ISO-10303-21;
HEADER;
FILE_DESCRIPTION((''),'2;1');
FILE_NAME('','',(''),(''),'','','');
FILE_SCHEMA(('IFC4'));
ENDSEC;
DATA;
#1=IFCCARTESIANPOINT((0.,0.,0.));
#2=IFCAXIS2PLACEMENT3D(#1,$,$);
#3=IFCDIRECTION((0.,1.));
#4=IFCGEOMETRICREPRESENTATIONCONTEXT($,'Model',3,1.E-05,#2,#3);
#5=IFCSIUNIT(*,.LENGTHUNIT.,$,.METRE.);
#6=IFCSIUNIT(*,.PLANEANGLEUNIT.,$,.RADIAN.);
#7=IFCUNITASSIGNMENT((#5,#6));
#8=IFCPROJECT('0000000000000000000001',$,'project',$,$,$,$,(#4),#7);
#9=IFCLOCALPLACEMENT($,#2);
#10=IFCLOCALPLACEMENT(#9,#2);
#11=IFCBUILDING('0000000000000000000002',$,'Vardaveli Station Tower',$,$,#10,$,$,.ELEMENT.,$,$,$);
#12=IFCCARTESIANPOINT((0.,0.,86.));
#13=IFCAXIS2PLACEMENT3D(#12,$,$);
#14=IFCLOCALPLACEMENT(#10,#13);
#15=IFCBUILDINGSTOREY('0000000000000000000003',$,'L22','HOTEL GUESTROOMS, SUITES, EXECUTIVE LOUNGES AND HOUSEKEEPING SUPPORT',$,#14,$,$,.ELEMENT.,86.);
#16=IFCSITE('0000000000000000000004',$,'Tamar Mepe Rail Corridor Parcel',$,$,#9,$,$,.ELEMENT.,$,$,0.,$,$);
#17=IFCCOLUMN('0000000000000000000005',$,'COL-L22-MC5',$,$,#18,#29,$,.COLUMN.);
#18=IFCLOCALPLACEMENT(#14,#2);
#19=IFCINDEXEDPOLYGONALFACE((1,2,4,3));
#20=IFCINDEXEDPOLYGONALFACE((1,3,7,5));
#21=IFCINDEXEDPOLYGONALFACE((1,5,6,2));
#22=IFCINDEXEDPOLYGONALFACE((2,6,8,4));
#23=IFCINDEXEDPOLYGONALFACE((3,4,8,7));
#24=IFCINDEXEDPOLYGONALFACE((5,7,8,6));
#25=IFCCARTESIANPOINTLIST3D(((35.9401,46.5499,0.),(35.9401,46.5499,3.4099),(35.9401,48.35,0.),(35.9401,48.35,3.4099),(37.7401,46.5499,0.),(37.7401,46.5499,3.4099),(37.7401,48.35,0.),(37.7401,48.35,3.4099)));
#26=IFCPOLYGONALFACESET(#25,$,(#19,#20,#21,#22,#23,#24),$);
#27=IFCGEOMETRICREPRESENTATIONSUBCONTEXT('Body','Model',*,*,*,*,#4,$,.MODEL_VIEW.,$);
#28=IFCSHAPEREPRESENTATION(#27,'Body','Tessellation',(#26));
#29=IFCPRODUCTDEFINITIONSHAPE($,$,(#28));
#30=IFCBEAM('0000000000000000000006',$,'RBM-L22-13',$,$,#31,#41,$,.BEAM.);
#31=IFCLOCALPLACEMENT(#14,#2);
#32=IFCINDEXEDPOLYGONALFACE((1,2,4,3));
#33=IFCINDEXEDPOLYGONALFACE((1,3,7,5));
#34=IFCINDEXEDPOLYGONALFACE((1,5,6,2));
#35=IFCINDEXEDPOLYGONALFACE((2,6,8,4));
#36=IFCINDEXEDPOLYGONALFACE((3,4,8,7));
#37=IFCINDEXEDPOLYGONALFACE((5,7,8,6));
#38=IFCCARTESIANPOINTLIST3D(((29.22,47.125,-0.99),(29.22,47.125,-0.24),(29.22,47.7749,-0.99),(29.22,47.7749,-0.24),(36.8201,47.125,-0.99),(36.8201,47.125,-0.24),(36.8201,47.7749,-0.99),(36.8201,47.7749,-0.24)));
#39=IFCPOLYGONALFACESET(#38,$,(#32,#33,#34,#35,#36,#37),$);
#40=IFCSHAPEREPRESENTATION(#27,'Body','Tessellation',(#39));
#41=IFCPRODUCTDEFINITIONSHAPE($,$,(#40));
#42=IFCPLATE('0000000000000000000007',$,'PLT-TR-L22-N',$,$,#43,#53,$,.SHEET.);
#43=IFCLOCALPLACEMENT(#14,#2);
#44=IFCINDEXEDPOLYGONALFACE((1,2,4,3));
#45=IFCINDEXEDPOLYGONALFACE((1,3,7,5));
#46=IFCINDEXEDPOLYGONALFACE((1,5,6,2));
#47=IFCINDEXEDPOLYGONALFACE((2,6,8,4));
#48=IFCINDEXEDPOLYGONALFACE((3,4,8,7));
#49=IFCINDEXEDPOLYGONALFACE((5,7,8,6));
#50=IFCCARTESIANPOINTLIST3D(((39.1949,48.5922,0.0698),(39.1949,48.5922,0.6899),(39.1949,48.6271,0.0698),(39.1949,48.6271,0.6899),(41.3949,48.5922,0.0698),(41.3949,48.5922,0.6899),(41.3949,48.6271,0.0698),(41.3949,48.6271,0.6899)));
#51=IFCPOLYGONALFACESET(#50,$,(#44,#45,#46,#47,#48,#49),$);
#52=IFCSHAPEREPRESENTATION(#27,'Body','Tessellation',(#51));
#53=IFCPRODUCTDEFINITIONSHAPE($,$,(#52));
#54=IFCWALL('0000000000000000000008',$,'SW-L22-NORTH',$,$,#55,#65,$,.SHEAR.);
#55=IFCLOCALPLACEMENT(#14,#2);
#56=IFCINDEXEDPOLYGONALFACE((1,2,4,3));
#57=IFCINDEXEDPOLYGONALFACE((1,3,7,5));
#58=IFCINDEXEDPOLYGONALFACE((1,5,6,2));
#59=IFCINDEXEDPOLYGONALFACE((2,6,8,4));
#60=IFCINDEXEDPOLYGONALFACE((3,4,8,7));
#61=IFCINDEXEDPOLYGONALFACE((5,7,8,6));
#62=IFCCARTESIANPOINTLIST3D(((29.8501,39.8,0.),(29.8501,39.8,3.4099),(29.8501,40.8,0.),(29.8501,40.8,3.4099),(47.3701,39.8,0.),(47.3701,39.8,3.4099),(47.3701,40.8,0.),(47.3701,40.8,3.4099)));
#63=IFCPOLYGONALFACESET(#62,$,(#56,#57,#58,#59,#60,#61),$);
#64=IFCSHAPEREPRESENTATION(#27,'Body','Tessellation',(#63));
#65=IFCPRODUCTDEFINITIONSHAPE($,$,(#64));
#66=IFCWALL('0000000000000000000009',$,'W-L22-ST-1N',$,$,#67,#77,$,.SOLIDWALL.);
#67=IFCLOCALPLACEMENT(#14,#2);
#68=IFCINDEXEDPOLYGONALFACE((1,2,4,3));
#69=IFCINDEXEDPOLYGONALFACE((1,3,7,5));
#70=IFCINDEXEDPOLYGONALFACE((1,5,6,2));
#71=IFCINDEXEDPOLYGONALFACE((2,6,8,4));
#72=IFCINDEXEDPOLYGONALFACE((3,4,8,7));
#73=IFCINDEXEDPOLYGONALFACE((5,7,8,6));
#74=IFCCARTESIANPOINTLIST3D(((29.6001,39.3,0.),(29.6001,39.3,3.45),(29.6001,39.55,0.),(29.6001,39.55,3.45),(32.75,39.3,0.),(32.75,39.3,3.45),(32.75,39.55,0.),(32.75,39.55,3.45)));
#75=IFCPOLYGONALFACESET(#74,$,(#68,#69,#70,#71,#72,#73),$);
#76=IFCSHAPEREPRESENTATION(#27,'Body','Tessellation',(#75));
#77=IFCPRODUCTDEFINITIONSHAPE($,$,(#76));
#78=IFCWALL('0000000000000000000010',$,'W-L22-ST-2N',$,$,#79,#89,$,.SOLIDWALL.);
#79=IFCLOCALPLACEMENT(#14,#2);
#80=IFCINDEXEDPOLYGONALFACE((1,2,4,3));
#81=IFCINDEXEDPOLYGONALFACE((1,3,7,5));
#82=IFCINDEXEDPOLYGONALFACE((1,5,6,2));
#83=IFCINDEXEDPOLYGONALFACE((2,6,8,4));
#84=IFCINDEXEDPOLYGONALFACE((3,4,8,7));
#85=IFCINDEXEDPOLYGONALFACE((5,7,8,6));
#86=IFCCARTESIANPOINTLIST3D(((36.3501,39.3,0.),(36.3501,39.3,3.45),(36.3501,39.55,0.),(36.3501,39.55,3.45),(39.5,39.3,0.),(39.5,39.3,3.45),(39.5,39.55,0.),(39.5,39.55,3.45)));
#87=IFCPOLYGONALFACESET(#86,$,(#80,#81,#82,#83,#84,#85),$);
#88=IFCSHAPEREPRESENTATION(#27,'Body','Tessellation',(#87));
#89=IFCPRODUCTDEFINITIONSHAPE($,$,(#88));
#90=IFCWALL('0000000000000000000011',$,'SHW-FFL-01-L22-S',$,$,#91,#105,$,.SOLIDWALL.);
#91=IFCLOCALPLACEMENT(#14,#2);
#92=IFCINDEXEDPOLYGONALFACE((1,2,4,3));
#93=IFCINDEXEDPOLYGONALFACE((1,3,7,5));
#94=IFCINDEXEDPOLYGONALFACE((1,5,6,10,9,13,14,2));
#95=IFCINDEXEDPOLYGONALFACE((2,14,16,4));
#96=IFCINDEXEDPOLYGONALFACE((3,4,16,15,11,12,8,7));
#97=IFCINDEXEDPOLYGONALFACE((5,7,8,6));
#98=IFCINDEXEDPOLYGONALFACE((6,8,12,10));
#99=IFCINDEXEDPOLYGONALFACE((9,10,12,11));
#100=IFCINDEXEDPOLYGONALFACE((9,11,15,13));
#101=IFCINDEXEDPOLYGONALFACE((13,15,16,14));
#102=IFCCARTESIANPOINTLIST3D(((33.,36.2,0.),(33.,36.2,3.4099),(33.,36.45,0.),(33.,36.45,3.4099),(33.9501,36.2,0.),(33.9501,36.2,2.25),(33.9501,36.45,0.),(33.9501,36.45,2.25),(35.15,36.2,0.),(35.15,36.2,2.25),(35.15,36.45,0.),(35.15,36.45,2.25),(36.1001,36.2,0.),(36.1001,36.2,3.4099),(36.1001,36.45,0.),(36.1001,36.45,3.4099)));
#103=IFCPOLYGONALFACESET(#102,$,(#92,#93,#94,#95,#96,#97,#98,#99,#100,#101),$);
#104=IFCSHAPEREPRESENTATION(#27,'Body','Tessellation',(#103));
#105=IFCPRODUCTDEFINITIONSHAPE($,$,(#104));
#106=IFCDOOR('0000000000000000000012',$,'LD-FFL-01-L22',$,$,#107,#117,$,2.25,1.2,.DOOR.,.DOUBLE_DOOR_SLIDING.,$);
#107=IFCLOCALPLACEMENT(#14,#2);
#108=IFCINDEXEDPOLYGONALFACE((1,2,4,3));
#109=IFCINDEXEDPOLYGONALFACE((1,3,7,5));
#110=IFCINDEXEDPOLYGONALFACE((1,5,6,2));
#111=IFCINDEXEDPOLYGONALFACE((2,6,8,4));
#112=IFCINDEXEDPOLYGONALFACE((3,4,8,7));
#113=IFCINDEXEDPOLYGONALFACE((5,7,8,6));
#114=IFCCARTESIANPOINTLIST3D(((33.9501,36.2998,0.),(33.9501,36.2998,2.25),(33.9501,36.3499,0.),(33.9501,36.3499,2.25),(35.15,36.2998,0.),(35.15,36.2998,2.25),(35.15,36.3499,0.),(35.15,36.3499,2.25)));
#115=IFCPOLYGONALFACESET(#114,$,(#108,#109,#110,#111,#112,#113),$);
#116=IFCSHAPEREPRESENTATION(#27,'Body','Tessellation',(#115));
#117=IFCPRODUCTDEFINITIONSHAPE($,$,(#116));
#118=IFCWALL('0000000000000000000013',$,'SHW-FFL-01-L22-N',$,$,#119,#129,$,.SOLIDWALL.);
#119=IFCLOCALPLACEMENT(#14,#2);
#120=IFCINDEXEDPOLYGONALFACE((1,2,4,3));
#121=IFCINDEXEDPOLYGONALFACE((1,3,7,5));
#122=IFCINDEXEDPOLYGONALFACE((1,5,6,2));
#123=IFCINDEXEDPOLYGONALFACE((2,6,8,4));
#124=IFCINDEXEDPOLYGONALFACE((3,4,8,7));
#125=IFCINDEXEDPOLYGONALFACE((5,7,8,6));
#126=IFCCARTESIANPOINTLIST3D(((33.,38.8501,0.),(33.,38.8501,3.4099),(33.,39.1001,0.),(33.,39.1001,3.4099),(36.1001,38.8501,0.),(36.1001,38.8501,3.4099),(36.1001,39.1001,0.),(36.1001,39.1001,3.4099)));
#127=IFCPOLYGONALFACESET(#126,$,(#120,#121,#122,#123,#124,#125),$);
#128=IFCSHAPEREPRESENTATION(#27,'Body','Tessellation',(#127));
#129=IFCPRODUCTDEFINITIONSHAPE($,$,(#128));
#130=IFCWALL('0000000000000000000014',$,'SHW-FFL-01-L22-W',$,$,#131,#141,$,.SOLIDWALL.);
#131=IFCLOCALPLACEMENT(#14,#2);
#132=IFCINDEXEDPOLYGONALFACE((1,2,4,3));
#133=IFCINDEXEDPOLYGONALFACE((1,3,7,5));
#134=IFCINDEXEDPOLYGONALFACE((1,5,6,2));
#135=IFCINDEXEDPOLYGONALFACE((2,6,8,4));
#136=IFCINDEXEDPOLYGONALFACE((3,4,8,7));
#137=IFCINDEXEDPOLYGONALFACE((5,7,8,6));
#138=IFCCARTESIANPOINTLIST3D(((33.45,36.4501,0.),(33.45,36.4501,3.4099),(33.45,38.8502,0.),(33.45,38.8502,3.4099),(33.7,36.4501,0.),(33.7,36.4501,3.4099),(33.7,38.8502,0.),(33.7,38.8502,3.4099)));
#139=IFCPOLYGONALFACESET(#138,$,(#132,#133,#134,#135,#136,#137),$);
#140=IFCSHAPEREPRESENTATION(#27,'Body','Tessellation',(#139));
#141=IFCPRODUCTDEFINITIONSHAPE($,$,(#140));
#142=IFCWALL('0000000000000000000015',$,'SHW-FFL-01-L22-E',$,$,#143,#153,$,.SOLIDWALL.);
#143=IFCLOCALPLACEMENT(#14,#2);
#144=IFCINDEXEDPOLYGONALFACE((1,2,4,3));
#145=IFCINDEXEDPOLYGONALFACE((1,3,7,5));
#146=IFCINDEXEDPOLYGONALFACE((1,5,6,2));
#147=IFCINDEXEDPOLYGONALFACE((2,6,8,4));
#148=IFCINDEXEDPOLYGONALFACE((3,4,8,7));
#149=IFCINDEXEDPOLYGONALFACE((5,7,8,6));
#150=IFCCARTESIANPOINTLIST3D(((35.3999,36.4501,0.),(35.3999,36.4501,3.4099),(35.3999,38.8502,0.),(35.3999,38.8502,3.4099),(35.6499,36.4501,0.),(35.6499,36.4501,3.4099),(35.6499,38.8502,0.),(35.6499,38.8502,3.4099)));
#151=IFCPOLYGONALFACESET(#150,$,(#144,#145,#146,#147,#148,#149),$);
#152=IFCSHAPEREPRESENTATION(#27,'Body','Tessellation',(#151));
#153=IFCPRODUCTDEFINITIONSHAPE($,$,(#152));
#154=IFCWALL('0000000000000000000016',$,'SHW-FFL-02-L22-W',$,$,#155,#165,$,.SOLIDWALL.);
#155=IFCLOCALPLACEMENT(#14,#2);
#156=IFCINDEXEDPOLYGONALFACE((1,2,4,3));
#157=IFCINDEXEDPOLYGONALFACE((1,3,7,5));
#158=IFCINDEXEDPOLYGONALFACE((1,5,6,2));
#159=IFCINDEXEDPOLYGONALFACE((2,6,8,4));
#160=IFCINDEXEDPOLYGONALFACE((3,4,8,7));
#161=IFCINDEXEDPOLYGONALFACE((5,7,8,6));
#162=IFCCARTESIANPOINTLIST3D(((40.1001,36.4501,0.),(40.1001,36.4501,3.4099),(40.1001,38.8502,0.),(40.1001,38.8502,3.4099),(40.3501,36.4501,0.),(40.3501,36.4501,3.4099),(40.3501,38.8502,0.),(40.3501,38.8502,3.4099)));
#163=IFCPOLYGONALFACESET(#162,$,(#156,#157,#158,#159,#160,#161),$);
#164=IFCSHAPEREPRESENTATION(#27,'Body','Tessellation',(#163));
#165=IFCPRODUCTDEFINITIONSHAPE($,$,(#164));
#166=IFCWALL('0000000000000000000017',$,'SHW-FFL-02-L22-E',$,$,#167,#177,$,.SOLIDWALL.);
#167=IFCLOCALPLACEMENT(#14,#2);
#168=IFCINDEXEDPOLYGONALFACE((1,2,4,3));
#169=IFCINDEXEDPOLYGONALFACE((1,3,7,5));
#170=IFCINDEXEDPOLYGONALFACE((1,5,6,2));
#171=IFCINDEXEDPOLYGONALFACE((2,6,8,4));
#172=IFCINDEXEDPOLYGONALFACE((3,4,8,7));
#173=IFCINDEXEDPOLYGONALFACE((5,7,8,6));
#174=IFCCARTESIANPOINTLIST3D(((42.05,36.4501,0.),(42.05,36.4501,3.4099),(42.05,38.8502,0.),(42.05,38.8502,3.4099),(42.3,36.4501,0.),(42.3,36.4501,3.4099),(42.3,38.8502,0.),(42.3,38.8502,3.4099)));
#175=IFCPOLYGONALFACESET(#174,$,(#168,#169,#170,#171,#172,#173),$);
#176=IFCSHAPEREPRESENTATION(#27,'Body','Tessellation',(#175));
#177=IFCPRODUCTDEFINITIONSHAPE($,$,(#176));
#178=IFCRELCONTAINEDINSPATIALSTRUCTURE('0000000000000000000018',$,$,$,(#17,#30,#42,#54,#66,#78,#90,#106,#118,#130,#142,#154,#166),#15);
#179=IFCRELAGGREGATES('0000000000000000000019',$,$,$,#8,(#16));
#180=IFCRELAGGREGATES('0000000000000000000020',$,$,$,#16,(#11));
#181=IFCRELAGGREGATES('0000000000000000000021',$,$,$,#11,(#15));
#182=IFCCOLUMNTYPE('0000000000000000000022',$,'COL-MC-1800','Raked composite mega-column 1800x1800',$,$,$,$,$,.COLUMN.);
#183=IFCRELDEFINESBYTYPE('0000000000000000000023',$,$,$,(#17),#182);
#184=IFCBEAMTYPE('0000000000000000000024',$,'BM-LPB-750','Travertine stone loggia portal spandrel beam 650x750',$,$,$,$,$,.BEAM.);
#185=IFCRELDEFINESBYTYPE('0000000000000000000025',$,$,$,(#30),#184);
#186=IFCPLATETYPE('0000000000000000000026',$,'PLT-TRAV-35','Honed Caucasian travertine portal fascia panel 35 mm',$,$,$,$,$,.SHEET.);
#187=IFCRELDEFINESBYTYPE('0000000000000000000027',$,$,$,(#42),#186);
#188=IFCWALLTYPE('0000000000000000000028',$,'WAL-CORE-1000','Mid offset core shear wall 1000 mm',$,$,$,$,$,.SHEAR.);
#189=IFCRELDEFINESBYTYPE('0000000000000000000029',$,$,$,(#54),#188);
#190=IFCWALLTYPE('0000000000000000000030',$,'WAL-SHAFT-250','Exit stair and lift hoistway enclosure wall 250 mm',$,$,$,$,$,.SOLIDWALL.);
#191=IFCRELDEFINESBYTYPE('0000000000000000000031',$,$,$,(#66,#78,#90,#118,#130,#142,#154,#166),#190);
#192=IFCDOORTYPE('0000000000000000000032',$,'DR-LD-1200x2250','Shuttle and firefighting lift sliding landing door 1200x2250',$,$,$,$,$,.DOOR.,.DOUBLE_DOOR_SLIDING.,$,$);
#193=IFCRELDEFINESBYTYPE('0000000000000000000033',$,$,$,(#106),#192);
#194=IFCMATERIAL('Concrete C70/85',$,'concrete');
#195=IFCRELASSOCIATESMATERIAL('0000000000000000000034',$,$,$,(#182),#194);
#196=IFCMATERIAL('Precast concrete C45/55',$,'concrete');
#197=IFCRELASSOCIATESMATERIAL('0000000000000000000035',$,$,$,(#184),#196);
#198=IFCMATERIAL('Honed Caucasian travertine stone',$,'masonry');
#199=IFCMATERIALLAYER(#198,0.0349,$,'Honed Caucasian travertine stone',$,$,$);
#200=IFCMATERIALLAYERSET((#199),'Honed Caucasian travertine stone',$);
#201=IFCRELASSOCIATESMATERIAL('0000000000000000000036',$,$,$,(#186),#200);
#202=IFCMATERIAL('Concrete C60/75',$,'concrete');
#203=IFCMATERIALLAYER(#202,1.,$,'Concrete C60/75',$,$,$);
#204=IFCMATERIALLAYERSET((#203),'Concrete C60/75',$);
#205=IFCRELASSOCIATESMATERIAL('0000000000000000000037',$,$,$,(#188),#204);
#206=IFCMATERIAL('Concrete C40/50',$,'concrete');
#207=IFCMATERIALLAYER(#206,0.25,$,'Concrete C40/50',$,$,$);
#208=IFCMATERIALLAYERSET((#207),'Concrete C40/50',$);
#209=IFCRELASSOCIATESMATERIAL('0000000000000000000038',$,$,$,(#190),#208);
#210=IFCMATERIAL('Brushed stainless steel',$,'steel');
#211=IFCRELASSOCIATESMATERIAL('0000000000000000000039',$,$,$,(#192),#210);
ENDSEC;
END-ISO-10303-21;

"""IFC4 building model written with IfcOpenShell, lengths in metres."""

from ifc_helpers import new_model, si_unit, direction, frame, frame_2d, origin, origin_2d, place, context, subcontext, project, spatial, rectangle, extrude, source, transform, mapped, material, layer, layer_set, material_profile, profile_set, type_object, element, fill, save


model = new_model("IFC4")

# Units and contexts
model_context = context("Model", 3, precision=1e-05, world=origin(), true_north=direction((0.0, 1.0)))
body_context = subcontext(model_context, "Body", "Model", "MODEL_VIEW")
ifc_project = project(units=[si_unit("LENGTHUNIT", "METRE"), si_unit("PLANEANGLEUNIT", "RADIAN")], contexts=[model_context])

# Site, building, storey
site_placement = place(None, origin())
site = spatial("IfcSite", under=ifc_project, at=site_placement, Name="Tamar Mepe Rail Corridor Parcel", CompositionType="ELEMENT", RefElevation=0.0)
building_placement = place(site_placement, origin())
building = spatial("IfcBuilding", under=site, at=building_placement, Name="Vardaveli Station Tower", CompositionType="ELEMENT")
storey_placement = place(building_placement, frame((0.0, 0.0, 86.0)))
storey = spatial("IfcBuildingStorey", under=building, at=storey_placement, Name="L22", Description="HOTEL GUESTROOMS, SUITES, EXECUTIVE LOUNGES AND HOUSEKEEPING SUPPORT", CompositionType="ELEMENT", Elevation=86.0)

# Column
ifc_material_1 = material(Name="Concrete C70/85", Category="concrete")
ifc_material_profile_1 = material_profile(ifc_material_1, rectangle(XDim=1.8, YDim=1.8, at=origin_2d()), Name="MC 1800x1800")
ifc_profile_set_1 = profile_set([ifc_material_profile_1], Name="Concrete C70/85")
column_type = type_object("IfcColumnType", Name="COL-MC-1800", Description="Raked composite mega-column 1800x1800", PredefinedType="COLUMN", material=ifc_profile_set_1)
shared_shape_1 = source(origin(), body_context, "Body", "SweptSolid", [
    extrude(rectangle(XDim=1.8, YDim=1.8, at=origin_2d()), origin(), (0.0, 0.0, 1.0), 3.4099),
])
column_placement = place(storey_placement, frame((36.8401, 47.45, 0.0), z_axis=(0.0, 0.0, 1.0), x_axis=(1.0, 0.0, 0.0)))
element("IfcColumn", 1, at=column_placement, inside=storey, type_object=column_type, Name="COL-L22-MC5", PredefinedType="COLUMN", context=body_context, shape_type="MappedRepresentation", body=[
    mapped(shared_shape_1, transform((0.0, 0.0, 0.0), scale=1.0)),
])

# Beam
ifc_material_2 = material(Name="Precast concrete C45/55", Category="concrete")
ifc_material_profile_2 = material_profile(ifc_material_2, rectangle(XDim=0.6499, YDim=0.75, at=origin_2d()), Name="LPB 650x750")
ifc_profile_set_2 = profile_set([ifc_material_profile_2], Name="Precast concrete C45/55")
beam_type = type_object("IfcBeamType", Name="BM-LPB-750", Description="Travertine stone loggia portal spandrel beam 650x750", PredefinedType="BEAM", material=ifc_profile_set_2)
shared_shape_2 = source(origin(), body_context, "Body", "SweptSolid", [
    extrude(rectangle(XDim=0.6499, YDim=0.75, at=origin_2d()), origin(), (0.0, 0.0, 1.0), 7.6001),
])
beam_placement = place(storey_placement, frame((36.8201, 47.45, -0.615), z_axis=(-1.0, 0.0, 0.0), x_axis=(0.0, -1.0, 0.0)))
element("IfcBeam", 2, at=beam_placement, inside=storey, type_object=beam_type, Name="RBM-L22-13", PredefinedType="BEAM", context=body_context, shape_type="MappedRepresentation", body=[
    mapped(shared_shape_2, transform((0.0, 0.0, 0.0), scale=1.0)),
])

# Plate
ifc_material_3 = material(Name="Honed Caucasian travertine stone", Category="masonry")
ifc_layer_1 = layer(ifc_material_3, 0.0349, Name="Honed Caucasian travertine stone")
ifc_layer_set_1 = layer_set([ifc_layer_1], Name="Honed Caucasian travertine stone")
plate_type = type_object("IfcPlateType", Name="PLT-TRAV-35", Description="Honed Caucasian travertine portal fascia panel 35 mm", PredefinedType="SHEET", material=ifc_layer_set_1)
shared_shape_3 = source(origin(), body_context, "Body", "SweptSolid", [
    extrude(rectangle(XDim=2.2, YDim=0.0349, at=origin_2d()), origin(), (0.0, 0.0, 1.0), 0.6201),
])
plate_placement = place(storey_placement, frame((40.2949, 48.6096, 0.0698), z_axis=(0.0, 0.0, 1.0), x_axis=(1.0, 0.0, 0.0)))
element("IfcPlate", 3, at=plate_placement, inside=storey, type_object=plate_type, Name="PLT-TR-L22-N", PredefinedType="SHEET", context=body_context, shape_type="MappedRepresentation", body=[
    mapped(shared_shape_3, transform((0.0, 0.0, 0.0), scale=1.0)),
])

# Walls
ifc_material_4 = material(Name="Concrete C60/75", Category="concrete")
ifc_layer_2 = layer(ifc_material_4, 1.0, Name="Concrete C60/75")
ifc_layer_set_2 = layer_set([ifc_layer_2], Name="Concrete C60/75")
wall_type_1 = type_object("IfcWallType", Name="WAL-CORE-1000", Description="Mid offset core shear wall 1000 mm", PredefinedType="SHEAR", material=ifc_layer_set_2)
shared_shape_4 = source(origin(), body_context, "Body", "SweptSolid", [
    extrude(rectangle(XDim=17.52, YDim=1.0, at=frame_2d((8.76, 0.0))), origin(), (0.0, 0.0, 1.0), 3.4099),
])
wall_1_placement = place(storey_placement, frame((29.8501, 40.3, 0.0), z_axis=(0.0, 0.0, 1.0), x_axis=(1.0, 0.0, 0.0)))
element("IfcWall", 4, at=wall_1_placement, inside=storey, type_object=wall_type_1, Name="SW-L22-NORTH", PredefinedType="SHEAR", context=body_context, shape_type="MappedRepresentation", body=[
    mapped(shared_shape_4, transform((0.0, 0.0, 0.0), scale=1.0)),
])
ifc_material_5 = material(Name="Concrete C40/50", Category="concrete")
ifc_layer_3 = layer(ifc_material_5, 0.25, Name="Concrete C40/50")
ifc_layer_set_3 = layer_set([ifc_layer_3], Name="Concrete C40/50")
wall_type_2 = type_object("IfcWallType", Name="WAL-SHAFT-250", Description="Exit stair and lift hoistway enclosure wall 250 mm", PredefinedType="SOLIDWALL", material=ifc_layer_set_3)
shared_shape_5 = source(origin(), body_context, "Body", "SweptSolid", [
    extrude(rectangle(XDim=3.1499, YDim=0.25, at=frame_2d((1.575, 0.0))), origin(), (0.0, 0.0, 1.0), 3.45),
])
for number, where, z_axis, x_axis, name in (
    (5, (29.6001, 39.425, 0.0), (0.0, 0.0, 1.0), (1.0, 0.0, 0.0), "W-L22-ST-1N"),
    (6, (36.3501, 39.425, 0.0), (0.0, 0.0, 1.0), (1.0, 0.0, 0.0), "W-L22-ST-2N"),
):
    element("IfcWall", number, at=place(storey_placement, frame(where, z_axis=z_axis, x_axis=x_axis)), inside=storey, type_object=wall_type_2, Name=name, PredefinedType="SOLIDWALL", context=body_context, shape_type="MappedRepresentation", body=[
        mapped(shared_shape_5, transform((0.0, 0.0, 0.0), scale=1.0)),
    ])

# Wall, opening, door
shared_shape_6 = source(origin(), body_context, "Body", "SweptSolid", [
    extrude(rectangle(XDim=3.1001, YDim=0.25, at=frame_2d((1.55, 0.0))), origin(), (0.0, 0.0, 1.0), 3.4099),
])
wall_2_placement = place(storey_placement, frame((33.0, 36.325, 0.0), z_axis=(0.0, 0.0, 1.0), x_axis=(1.0, 0.0, 0.0)))
wall_2 = element("IfcWall", 7, at=wall_2_placement, inside=storey, type_object=wall_type_2, Name="SHW-FFL-01-L22-S", PredefinedType="SOLIDWALL", context=body_context, shape_type="MappedRepresentation", body=[
    mapped(shared_shape_6, transform((0.0, 0.0, 0.0), scale=1.0)),
])
shared_shape_7 = source(origin(), body_context, "Body", "SweptSolid", [
    extrude(rectangle(XDim=1.2, YDim=2.25, at=frame_2d((0.6001, 1.125))), frame((0.0, 0.135, 0.0), z_axis=(0.0, -1.0, 0.0), x_axis=(1.0, 0.0, 0.0)), (0.0, 0.0, 1.0), 0.27),
])
opening_1_placement = place(wall_2_placement, frame((0.95, 0.0, 0.0)))
opening_1 = element("IfcOpeningElement", 8, at=opening_1_placement, cuts=wall_2, PredefinedType="OPENING", context=body_context, shape_type="MappedRepresentation", body=[
    mapped(shared_shape_7, transform((0.0, 0.0, 0.0), scale=1.0)),
])
ifc_material_6 = material(Name="Brushed stainless steel", Category="steel")
door_type = type_object("IfcDoorType", Name="DR-LD-1200x2250", Description="Shuttle and firefighting lift sliding landing door 1200x2250", OperationType="DOUBLE_DOOR_SLIDING", PredefinedType="DOOR", material=ifc_material_6)
shared_shape_8 = source(origin(), body_context, "Body", "SweptSolid", [
    extrude(rectangle(XDim=1.2, YDim=2.25, at=frame_2d((0.6001, 1.125))), frame((0.0, 0.0249, 0.0), z_axis=(0.0, -1.0, 0.0), x_axis=(1.0, 0.0, 0.0)), (0.0, 0.0, 1.0), 0.05),
])
door_1_placement = place(opening_1_placement, origin())
door_1 = element("IfcDoor", 9, at=door_1_placement, inside=storey, type_object=door_type, Name="LD-FFL-01-L22", OperationType="DOUBLE_DOOR_SLIDING", OverallHeight=2.25, OverallWidth=1.2, PredefinedType="DOOR", context=body_context, shape_type="MappedRepresentation", body=[
    mapped(shared_shape_8, transform((0.0, 0.0, 0.0), scale=1.0)),
])
fill(opening_1, door_1)

# Walls
wall_3_placement = place(storey_placement, frame((33.0, 38.9751, 0.0), z_axis=(0.0, 0.0, 1.0), x_axis=(1.0, 0.0, 0.0)))
element("IfcWall", 10, at=wall_3_placement, inside=storey, type_object=wall_type_2, Name="SHW-FFL-01-L22-N", PredefinedType="SOLIDWALL", context=body_context, shape_type="MappedRepresentation", body=[
    mapped(shared_shape_6, transform((0.0, 0.0, 0.0), scale=1.0)),
])
shared_shape_9 = source(origin(), body_context, "Body", "SweptSolid", [
    extrude(rectangle(XDim=2.4001, YDim=0.25, at=frame_2d((1.2002, 0.0))), origin(), (0.0, 0.0, 1.0), 3.4099),
])
for number, where, z_axis, x_axis, name in (
    (11, (33.575, 36.45, 0.0), (0.0, 0.0, 1.0), (0.0, 1.0, 0.0), "SHW-FFL-01-L22-W"),
    (12, (35.5249, 36.45, 0.0), (0.0, 0.0, 1.0), (0.0, 1.0, 0.0), "SHW-FFL-01-L22-E"),
    (13, (40.2251, 36.45, 0.0), (0.0, 0.0, 1.0), (0.0, 1.0, 0.0), "SHW-FFL-02-L22-W"),
    (14, (42.175, 36.45, 0.0), (0.0, 0.0, 1.0), (0.0, 1.0, 0.0), "SHW-FFL-02-L22-E"),
):
    element("IfcWall", number, at=place(storey_placement, frame(where, z_axis=z_axis, x_axis=x_axis)), inside=storey, type_object=wall_type_2, Name=name, PredefinedType="SOLIDWALL", context=body_context, shape_type="MappedRepresentation", body=[
        mapped(shared_shape_9, transform((0.0, 0.0, 0.0), scale=1.0)),
    ])

save(model, "model.ifc")
